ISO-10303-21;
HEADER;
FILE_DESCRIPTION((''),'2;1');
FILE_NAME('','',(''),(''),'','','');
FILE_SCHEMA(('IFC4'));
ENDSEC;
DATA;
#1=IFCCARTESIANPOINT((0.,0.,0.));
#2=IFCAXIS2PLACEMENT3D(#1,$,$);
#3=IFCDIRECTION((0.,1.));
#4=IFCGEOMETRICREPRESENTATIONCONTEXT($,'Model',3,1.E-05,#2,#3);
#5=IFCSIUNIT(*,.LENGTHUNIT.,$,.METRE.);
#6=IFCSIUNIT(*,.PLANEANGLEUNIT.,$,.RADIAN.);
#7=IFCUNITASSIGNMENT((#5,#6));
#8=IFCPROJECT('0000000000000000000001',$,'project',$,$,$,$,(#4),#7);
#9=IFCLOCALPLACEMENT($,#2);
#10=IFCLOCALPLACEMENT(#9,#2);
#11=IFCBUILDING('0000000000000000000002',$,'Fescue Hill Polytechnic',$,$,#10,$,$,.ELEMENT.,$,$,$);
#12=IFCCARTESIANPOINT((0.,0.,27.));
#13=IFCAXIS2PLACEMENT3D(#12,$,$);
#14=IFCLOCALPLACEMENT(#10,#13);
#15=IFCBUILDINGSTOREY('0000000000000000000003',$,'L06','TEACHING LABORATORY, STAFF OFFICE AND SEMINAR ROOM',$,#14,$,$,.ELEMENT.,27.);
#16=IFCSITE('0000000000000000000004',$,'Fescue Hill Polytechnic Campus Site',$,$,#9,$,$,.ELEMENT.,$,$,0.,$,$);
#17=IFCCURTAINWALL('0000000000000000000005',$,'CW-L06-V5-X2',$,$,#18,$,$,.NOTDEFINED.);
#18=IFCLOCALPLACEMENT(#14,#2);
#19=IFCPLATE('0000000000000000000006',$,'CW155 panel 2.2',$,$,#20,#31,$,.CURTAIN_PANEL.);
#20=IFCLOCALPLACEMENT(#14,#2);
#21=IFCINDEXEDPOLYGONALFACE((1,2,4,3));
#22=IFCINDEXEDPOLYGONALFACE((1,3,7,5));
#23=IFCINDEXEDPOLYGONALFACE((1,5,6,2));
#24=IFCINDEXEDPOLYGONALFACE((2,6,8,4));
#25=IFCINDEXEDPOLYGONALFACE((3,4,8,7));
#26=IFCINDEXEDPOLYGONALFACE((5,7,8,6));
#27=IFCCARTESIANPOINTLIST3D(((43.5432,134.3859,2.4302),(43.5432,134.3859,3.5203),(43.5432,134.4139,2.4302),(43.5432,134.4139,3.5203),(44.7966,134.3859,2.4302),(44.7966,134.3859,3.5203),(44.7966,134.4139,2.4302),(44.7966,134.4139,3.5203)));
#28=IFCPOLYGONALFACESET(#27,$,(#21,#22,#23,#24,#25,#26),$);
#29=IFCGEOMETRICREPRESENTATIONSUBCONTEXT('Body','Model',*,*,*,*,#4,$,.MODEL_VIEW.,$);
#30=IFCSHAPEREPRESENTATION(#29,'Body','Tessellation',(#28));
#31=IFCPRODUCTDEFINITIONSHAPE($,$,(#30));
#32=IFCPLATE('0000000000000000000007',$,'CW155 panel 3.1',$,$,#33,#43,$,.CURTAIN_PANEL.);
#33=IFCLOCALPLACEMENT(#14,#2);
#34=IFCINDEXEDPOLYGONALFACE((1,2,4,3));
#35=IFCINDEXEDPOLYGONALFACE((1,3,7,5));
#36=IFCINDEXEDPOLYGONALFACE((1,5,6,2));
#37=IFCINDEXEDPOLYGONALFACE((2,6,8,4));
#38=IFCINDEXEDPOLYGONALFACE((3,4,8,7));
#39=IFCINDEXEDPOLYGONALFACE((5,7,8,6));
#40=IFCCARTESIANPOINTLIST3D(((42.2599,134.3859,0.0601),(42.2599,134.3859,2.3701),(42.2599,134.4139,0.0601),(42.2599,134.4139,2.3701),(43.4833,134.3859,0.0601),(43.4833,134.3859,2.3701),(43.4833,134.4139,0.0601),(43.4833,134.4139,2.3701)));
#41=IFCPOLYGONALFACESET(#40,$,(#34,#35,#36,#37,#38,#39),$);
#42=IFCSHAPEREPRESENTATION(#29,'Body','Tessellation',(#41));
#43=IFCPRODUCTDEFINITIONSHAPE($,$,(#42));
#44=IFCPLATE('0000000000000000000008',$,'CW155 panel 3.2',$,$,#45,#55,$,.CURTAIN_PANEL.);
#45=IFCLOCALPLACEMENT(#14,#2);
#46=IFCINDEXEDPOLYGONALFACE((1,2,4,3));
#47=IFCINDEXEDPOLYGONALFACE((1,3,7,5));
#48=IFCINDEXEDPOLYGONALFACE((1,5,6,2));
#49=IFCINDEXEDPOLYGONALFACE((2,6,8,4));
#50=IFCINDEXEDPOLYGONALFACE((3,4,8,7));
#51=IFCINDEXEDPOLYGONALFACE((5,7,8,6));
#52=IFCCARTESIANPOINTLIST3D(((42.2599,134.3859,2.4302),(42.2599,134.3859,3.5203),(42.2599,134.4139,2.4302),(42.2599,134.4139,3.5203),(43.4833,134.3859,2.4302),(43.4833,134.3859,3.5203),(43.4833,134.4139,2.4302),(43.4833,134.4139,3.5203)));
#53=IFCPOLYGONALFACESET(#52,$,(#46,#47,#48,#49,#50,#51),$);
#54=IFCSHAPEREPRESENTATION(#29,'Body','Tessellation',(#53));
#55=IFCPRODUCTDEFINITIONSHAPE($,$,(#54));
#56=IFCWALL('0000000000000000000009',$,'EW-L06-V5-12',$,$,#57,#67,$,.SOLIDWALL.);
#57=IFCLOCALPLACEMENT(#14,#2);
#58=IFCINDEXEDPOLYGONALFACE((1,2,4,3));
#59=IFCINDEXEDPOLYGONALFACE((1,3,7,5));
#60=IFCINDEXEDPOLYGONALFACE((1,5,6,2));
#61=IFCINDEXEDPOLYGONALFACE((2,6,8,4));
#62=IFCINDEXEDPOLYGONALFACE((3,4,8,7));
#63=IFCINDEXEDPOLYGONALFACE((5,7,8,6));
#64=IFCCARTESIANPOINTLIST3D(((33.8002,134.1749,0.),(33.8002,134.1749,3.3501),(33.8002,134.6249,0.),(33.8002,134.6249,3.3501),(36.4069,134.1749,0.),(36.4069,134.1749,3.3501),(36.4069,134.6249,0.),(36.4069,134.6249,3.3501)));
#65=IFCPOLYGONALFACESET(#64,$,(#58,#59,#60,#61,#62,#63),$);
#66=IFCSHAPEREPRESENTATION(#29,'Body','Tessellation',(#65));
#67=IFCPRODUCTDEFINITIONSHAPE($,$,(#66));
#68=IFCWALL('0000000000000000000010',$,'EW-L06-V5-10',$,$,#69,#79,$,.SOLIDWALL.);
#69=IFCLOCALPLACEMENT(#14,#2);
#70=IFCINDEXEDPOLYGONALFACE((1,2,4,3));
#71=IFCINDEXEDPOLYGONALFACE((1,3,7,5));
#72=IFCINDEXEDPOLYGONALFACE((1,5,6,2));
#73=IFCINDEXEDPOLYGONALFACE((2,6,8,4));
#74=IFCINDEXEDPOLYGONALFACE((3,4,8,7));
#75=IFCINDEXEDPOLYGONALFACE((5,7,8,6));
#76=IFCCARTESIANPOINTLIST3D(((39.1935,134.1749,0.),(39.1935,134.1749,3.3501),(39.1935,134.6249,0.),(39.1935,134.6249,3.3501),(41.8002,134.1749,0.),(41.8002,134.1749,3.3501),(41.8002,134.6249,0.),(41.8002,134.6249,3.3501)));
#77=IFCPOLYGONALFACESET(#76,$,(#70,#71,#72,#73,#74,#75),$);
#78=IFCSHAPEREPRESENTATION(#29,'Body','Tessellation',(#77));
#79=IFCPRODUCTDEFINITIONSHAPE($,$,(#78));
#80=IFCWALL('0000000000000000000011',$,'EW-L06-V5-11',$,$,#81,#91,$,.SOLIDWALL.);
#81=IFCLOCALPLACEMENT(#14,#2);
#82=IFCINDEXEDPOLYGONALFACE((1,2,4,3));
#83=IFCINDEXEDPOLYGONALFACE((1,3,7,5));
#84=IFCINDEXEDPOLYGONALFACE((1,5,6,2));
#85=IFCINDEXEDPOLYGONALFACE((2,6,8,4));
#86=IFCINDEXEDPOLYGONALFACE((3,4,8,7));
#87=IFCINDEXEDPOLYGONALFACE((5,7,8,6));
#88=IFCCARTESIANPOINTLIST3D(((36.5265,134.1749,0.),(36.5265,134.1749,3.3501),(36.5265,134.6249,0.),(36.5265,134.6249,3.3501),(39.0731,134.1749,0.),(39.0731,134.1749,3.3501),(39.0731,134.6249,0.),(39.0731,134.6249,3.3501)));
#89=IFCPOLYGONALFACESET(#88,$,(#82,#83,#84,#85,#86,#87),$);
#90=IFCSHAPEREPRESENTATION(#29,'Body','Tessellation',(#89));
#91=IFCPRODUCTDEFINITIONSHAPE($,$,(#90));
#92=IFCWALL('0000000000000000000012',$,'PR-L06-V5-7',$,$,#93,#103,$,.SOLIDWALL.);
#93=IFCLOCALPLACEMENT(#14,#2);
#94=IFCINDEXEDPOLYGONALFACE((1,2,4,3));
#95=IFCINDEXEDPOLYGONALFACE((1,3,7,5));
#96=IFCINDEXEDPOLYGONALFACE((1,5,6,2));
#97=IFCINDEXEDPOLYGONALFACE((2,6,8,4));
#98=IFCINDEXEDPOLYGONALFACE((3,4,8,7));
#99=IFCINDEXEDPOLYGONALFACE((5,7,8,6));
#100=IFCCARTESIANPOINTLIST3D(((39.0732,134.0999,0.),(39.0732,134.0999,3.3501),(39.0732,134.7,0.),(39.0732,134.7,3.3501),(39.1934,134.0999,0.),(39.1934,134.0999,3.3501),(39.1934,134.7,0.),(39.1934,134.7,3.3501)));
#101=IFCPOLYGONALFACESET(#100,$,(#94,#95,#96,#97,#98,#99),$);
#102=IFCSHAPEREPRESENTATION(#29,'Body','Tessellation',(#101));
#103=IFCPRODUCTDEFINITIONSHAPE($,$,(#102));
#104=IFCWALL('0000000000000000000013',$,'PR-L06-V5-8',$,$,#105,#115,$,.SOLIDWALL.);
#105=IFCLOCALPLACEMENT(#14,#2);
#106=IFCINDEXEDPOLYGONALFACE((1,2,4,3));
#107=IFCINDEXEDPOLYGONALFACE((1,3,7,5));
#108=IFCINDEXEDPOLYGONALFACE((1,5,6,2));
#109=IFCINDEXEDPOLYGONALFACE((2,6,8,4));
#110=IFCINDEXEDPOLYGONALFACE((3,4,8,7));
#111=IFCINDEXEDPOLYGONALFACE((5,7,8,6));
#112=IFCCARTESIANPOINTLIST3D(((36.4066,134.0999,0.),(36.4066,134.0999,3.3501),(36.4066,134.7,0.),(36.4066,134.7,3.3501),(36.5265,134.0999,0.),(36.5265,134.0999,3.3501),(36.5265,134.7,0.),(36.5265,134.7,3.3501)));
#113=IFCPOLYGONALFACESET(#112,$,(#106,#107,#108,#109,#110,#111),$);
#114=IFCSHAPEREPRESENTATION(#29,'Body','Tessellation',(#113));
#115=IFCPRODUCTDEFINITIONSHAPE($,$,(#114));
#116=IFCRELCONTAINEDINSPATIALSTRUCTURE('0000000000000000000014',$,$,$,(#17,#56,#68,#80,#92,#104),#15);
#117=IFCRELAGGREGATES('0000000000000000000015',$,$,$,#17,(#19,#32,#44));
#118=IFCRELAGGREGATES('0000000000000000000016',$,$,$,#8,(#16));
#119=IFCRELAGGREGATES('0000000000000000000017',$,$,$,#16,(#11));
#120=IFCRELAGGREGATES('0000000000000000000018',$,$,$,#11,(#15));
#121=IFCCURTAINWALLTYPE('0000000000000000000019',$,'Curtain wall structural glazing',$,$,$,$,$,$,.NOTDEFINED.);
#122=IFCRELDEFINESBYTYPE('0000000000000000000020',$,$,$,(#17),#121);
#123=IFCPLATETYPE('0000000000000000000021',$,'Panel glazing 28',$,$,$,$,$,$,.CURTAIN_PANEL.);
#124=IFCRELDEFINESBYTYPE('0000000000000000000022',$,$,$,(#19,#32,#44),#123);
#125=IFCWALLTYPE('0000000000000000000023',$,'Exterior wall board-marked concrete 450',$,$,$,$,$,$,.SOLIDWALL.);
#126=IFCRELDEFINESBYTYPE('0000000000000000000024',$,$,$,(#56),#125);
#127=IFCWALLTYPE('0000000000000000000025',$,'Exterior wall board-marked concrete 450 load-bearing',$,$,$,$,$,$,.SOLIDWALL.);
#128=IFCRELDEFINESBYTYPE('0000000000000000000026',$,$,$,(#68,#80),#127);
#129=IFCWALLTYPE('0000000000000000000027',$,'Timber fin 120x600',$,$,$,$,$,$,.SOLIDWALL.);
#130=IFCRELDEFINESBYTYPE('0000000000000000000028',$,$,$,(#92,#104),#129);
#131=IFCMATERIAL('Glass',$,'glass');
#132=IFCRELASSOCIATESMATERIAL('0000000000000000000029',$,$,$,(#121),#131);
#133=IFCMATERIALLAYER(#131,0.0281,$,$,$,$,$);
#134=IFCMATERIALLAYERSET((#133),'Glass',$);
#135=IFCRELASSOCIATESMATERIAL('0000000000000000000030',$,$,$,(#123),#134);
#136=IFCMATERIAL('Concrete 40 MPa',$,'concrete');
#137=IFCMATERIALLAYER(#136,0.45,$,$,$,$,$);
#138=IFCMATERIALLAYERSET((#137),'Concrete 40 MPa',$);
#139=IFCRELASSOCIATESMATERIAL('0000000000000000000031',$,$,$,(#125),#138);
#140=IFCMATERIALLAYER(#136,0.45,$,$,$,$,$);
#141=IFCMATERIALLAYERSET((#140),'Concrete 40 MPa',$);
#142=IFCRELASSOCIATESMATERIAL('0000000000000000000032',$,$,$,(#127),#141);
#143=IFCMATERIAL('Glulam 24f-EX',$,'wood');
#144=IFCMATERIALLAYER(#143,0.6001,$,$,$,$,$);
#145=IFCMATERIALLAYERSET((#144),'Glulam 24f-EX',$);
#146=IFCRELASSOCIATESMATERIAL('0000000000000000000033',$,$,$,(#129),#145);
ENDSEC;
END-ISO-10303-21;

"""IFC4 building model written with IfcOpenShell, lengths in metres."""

from ifc_helpers import new_model, si_unit, direction, frame, frame_2d, origin, origin_2d, place, context, subcontext, project, spatial, rectangle, extrude, material, layer, layer_set, type_object, element, aggregate, save


model = new_model("IFC4")

# Units and contexts
model_context = context("Model", 3, precision=1e-05, world=origin(), true_north=direction((0.0, 1.0)))
body_context = subcontext(model_context, "Body", "Model", "MODEL_VIEW")
ifc_project = project(units=[si_unit("LENGTHUNIT", "METRE"), si_unit("PLANEANGLEUNIT", "RADIAN")], contexts=[model_context])

# Site, building, storey
site_placement = place(None, origin())
site = spatial("IfcSite", under=ifc_project, at=site_placement, Name="Fescue Hill Polytechnic Campus Site", CompositionType="ELEMENT", RefElevation=0.0)
building_placement = place(site_placement, origin())
building = spatial("IfcBuilding", under=site, at=building_placement, Name="Fescue Hill Polytechnic", CompositionType="ELEMENT")
storey_placement = place(building_placement, frame((0.0, 0.0, 27.0)))
storey = spatial("IfcBuildingStorey", under=building, at=storey_placement, Name="L06", Description="TEACHING LABORATORY, STAFF OFFICE AND SEMINAR ROOM", CompositionType="ELEMENT", Elevation=27.0)

# Shared definitions
ifc_material_1 = material(Name="Concrete 40 MPa", Category="concrete")

# Curtain wall, plates
ifc_material_2 = material(Name="Glass", Category="glass")
curtain_wall_type = type_object("IfcCurtainWallType", Name="Curtain wall structural glazing", PredefinedType="NOTDEFINED", material=ifc_material_2)
curtain_wall_placement = place(storey_placement, origin())
curtain_wall = element("IfcCurtainWall", 1, at=curtain_wall_placement, inside=storey, type_object=curtain_wall_type, Name="CW-L06-V5-X2", PredefinedType="NOTDEFINED")
ifc_layer_1 = layer(ifc_material_2, 0.0281)
ifc_layer_set_1 = layer_set([ifc_layer_1], Name="Glass")
plate_type = type_object("IfcPlateType", Name="Panel glazing 28", PredefinedType="CURTAIN_PANEL", material=ifc_layer_set_1)
plate_1_placement = place(storey_placement, frame((44.1699, 134.3999, 2.4302), z_axis=(0.0, 0.0, 1.0), x_axis=(-1.0, 0.0, 0.0)))
plate_1 = element("IfcPlate", 2, at=plate_1_placement, type_object=plate_type, Name="CW155 panel 2.2", PredefinedType="CURTAIN_PANEL", context=body_context, shape_type="SweptSolid", body=[
    extrude(rectangle(XDim=1.2534, YDim=0.0281, at=origin_2d()), origin(), (0.0, 0.0, 1.0), 1.0901),
])
plate_2_placement = place(storey_placement, frame((42.8716, 134.3999, 0.0601), z_axis=(0.0, 0.0, 1.0), x_axis=(-1.0, 0.0, 0.0)))
plate_2 = element("IfcPlate", 3, at=plate_2_placement, type_object=plate_type, Name="CW155 panel 3.1", PredefinedType="CURTAIN_PANEL", context=body_context, shape_type="SweptSolid", body=[
    extrude(rectangle(XDim=1.2234, YDim=0.0281, at=origin_2d()), origin(), (0.0, 0.0, 1.0), 2.3101),
])
plate_3_placement = place(storey_placement, frame((42.8716, 134.3999, 2.4302), z_axis=(0.0, 0.0, 1.0), x_axis=(-1.0, 0.0, 0.0)))
plate_3 = element("IfcPlate", 4, at=plate_3_placement, type_object=plate_type, Name="CW155 panel 3.2", PredefinedType="CURTAIN_PANEL", context=body_context, shape_type="SweptSolid", body=[
    extrude(rectangle(XDim=1.2234, YDim=0.0281, at=origin_2d()), origin(), (0.0, 0.0, 1.0), 1.0901),
])
aggregate(curtain_wall, [plate_1, plate_2, plate_3])

# Walls
ifc_layer_2 = layer(ifc_material_1, 0.45)
ifc_layer_set_2 = layer_set([ifc_layer_2], Name="Concrete 40 MPa")
wall_type_1 = type_object("IfcWallType", Name="Exterior wall board-marked concrete 450", PredefinedType="SOLIDWALL", material=ifc_layer_set_2)
wall_1_placement = place(storey_placement, frame((36.4067, 134.3999, 0.0), z_axis=(0.0, 0.0, 1.0), x_axis=(-1.0, 0.0, 0.0)))
element("IfcWall", 5, at=wall_1_placement, inside=storey, type_object=wall_type_1, Name="EW-L06-V5-12", PredefinedType="SOLIDWALL", context=body_context, shape_type="SweptSolid", body=[
    extrude(rectangle(XDim=2.6067, YDim=0.45, at=frame_2d((1.3032, 0.0))), origin(), (0.0, 0.0, 1.0), 3.3501),
])
ifc_layer_3 = layer(ifc_material_1, 0.45)
ifc_layer_set_3 = layer_set([ifc_layer_3], Name="Concrete 40 MPa")
wall_type_2 = type_object("IfcWallType", Name="Exterior wall board-marked concrete 450 load-bearing", PredefinedType="SOLIDWALL", material=ifc_layer_set_3)
wall_2_placement = place(storey_placement, frame((41.8, 134.3999, 0.0), z_axis=(0.0, 0.0, 1.0), x_axis=(-1.0, 0.0, 0.0)))
element("IfcWall", 6, at=wall_2_placement, inside=storey, type_object=wall_type_2, Name="EW-L06-V5-10", PredefinedType="SOLIDWALL", context=body_context, shape_type="SweptSolid", body=[
    extrude(rectangle(XDim=2.6067, YDim=0.45, at=frame_2d((1.3032, 0.0))), origin(), (0.0, 0.0, 1.0), 3.3501),
])
wall_3_placement = place(storey_placement, frame((39.0732, 134.3999, 0.0), z_axis=(0.0, 0.0, 1.0), x_axis=(-1.0, 0.0, 0.0)))
element("IfcWall", 7, at=wall_3_placement, inside=storey, type_object=wall_type_2, Name="EW-L06-V5-11", PredefinedType="SOLIDWALL", context=body_context, shape_type="SweptSolid", body=[
    extrude(rectangle(XDim=2.5466, YDim=0.45, at=frame_2d((1.2734, 0.0))), origin(), (0.0, 0.0, 1.0), 3.3501),
])
ifc_material_3 = material(Name="Glulam 24f-EX", Category="wood")
ifc_layer_4 = layer(ifc_material_3, 0.6001)
ifc_layer_set_4 = layer_set([ifc_layer_4], Name="Glulam 24f-EX")
wall_type_3 = type_object("IfcWallType", Name="Timber fin 120x600", PredefinedType="SOLIDWALL", material=ifc_layer_set_4)
wall_4_placement = place(storey_placement, frame((39.1934, 134.3999, 0.0), z_axis=(0.0, 0.0, 1.0), x_axis=(-1.0, 0.0, 0.0)))
element("IfcWall", 8, at=wall_4_placement, inside=storey, type_object=wall_type_3, Name="PR-L06-V5-7", PredefinedType="SOLIDWALL", context=body_context, shape_type="SweptSolid", body=[
    extrude(rectangle(XDim=0.1201, YDim=0.6001, at=frame_2d((0.0601, 0.0))), origin(), (0.0, 0.0, 1.0), 3.3501),
])
wall_5_placement = place(storey_placement, frame((36.5266, 134.3999, 0.0), z_axis=(0.0, 0.0, 1.0), x_axis=(-1.0, 0.0, 0.0)))
element("IfcWall", 9, at=wall_5_placement, inside=storey, type_object=wall_type_3, Name="PR-L06-V5-8", PredefinedType="SOLIDWALL", context=body_context, shape_type="SweptSolid", body=[
    extrude(rectangle(XDim=0.1199, YDim=0.6001, at=frame_2d((0.0601, 0.0))), origin(), (0.0, 0.0, 1.0), 3.3501),
])

save(model, "model.ifc")
